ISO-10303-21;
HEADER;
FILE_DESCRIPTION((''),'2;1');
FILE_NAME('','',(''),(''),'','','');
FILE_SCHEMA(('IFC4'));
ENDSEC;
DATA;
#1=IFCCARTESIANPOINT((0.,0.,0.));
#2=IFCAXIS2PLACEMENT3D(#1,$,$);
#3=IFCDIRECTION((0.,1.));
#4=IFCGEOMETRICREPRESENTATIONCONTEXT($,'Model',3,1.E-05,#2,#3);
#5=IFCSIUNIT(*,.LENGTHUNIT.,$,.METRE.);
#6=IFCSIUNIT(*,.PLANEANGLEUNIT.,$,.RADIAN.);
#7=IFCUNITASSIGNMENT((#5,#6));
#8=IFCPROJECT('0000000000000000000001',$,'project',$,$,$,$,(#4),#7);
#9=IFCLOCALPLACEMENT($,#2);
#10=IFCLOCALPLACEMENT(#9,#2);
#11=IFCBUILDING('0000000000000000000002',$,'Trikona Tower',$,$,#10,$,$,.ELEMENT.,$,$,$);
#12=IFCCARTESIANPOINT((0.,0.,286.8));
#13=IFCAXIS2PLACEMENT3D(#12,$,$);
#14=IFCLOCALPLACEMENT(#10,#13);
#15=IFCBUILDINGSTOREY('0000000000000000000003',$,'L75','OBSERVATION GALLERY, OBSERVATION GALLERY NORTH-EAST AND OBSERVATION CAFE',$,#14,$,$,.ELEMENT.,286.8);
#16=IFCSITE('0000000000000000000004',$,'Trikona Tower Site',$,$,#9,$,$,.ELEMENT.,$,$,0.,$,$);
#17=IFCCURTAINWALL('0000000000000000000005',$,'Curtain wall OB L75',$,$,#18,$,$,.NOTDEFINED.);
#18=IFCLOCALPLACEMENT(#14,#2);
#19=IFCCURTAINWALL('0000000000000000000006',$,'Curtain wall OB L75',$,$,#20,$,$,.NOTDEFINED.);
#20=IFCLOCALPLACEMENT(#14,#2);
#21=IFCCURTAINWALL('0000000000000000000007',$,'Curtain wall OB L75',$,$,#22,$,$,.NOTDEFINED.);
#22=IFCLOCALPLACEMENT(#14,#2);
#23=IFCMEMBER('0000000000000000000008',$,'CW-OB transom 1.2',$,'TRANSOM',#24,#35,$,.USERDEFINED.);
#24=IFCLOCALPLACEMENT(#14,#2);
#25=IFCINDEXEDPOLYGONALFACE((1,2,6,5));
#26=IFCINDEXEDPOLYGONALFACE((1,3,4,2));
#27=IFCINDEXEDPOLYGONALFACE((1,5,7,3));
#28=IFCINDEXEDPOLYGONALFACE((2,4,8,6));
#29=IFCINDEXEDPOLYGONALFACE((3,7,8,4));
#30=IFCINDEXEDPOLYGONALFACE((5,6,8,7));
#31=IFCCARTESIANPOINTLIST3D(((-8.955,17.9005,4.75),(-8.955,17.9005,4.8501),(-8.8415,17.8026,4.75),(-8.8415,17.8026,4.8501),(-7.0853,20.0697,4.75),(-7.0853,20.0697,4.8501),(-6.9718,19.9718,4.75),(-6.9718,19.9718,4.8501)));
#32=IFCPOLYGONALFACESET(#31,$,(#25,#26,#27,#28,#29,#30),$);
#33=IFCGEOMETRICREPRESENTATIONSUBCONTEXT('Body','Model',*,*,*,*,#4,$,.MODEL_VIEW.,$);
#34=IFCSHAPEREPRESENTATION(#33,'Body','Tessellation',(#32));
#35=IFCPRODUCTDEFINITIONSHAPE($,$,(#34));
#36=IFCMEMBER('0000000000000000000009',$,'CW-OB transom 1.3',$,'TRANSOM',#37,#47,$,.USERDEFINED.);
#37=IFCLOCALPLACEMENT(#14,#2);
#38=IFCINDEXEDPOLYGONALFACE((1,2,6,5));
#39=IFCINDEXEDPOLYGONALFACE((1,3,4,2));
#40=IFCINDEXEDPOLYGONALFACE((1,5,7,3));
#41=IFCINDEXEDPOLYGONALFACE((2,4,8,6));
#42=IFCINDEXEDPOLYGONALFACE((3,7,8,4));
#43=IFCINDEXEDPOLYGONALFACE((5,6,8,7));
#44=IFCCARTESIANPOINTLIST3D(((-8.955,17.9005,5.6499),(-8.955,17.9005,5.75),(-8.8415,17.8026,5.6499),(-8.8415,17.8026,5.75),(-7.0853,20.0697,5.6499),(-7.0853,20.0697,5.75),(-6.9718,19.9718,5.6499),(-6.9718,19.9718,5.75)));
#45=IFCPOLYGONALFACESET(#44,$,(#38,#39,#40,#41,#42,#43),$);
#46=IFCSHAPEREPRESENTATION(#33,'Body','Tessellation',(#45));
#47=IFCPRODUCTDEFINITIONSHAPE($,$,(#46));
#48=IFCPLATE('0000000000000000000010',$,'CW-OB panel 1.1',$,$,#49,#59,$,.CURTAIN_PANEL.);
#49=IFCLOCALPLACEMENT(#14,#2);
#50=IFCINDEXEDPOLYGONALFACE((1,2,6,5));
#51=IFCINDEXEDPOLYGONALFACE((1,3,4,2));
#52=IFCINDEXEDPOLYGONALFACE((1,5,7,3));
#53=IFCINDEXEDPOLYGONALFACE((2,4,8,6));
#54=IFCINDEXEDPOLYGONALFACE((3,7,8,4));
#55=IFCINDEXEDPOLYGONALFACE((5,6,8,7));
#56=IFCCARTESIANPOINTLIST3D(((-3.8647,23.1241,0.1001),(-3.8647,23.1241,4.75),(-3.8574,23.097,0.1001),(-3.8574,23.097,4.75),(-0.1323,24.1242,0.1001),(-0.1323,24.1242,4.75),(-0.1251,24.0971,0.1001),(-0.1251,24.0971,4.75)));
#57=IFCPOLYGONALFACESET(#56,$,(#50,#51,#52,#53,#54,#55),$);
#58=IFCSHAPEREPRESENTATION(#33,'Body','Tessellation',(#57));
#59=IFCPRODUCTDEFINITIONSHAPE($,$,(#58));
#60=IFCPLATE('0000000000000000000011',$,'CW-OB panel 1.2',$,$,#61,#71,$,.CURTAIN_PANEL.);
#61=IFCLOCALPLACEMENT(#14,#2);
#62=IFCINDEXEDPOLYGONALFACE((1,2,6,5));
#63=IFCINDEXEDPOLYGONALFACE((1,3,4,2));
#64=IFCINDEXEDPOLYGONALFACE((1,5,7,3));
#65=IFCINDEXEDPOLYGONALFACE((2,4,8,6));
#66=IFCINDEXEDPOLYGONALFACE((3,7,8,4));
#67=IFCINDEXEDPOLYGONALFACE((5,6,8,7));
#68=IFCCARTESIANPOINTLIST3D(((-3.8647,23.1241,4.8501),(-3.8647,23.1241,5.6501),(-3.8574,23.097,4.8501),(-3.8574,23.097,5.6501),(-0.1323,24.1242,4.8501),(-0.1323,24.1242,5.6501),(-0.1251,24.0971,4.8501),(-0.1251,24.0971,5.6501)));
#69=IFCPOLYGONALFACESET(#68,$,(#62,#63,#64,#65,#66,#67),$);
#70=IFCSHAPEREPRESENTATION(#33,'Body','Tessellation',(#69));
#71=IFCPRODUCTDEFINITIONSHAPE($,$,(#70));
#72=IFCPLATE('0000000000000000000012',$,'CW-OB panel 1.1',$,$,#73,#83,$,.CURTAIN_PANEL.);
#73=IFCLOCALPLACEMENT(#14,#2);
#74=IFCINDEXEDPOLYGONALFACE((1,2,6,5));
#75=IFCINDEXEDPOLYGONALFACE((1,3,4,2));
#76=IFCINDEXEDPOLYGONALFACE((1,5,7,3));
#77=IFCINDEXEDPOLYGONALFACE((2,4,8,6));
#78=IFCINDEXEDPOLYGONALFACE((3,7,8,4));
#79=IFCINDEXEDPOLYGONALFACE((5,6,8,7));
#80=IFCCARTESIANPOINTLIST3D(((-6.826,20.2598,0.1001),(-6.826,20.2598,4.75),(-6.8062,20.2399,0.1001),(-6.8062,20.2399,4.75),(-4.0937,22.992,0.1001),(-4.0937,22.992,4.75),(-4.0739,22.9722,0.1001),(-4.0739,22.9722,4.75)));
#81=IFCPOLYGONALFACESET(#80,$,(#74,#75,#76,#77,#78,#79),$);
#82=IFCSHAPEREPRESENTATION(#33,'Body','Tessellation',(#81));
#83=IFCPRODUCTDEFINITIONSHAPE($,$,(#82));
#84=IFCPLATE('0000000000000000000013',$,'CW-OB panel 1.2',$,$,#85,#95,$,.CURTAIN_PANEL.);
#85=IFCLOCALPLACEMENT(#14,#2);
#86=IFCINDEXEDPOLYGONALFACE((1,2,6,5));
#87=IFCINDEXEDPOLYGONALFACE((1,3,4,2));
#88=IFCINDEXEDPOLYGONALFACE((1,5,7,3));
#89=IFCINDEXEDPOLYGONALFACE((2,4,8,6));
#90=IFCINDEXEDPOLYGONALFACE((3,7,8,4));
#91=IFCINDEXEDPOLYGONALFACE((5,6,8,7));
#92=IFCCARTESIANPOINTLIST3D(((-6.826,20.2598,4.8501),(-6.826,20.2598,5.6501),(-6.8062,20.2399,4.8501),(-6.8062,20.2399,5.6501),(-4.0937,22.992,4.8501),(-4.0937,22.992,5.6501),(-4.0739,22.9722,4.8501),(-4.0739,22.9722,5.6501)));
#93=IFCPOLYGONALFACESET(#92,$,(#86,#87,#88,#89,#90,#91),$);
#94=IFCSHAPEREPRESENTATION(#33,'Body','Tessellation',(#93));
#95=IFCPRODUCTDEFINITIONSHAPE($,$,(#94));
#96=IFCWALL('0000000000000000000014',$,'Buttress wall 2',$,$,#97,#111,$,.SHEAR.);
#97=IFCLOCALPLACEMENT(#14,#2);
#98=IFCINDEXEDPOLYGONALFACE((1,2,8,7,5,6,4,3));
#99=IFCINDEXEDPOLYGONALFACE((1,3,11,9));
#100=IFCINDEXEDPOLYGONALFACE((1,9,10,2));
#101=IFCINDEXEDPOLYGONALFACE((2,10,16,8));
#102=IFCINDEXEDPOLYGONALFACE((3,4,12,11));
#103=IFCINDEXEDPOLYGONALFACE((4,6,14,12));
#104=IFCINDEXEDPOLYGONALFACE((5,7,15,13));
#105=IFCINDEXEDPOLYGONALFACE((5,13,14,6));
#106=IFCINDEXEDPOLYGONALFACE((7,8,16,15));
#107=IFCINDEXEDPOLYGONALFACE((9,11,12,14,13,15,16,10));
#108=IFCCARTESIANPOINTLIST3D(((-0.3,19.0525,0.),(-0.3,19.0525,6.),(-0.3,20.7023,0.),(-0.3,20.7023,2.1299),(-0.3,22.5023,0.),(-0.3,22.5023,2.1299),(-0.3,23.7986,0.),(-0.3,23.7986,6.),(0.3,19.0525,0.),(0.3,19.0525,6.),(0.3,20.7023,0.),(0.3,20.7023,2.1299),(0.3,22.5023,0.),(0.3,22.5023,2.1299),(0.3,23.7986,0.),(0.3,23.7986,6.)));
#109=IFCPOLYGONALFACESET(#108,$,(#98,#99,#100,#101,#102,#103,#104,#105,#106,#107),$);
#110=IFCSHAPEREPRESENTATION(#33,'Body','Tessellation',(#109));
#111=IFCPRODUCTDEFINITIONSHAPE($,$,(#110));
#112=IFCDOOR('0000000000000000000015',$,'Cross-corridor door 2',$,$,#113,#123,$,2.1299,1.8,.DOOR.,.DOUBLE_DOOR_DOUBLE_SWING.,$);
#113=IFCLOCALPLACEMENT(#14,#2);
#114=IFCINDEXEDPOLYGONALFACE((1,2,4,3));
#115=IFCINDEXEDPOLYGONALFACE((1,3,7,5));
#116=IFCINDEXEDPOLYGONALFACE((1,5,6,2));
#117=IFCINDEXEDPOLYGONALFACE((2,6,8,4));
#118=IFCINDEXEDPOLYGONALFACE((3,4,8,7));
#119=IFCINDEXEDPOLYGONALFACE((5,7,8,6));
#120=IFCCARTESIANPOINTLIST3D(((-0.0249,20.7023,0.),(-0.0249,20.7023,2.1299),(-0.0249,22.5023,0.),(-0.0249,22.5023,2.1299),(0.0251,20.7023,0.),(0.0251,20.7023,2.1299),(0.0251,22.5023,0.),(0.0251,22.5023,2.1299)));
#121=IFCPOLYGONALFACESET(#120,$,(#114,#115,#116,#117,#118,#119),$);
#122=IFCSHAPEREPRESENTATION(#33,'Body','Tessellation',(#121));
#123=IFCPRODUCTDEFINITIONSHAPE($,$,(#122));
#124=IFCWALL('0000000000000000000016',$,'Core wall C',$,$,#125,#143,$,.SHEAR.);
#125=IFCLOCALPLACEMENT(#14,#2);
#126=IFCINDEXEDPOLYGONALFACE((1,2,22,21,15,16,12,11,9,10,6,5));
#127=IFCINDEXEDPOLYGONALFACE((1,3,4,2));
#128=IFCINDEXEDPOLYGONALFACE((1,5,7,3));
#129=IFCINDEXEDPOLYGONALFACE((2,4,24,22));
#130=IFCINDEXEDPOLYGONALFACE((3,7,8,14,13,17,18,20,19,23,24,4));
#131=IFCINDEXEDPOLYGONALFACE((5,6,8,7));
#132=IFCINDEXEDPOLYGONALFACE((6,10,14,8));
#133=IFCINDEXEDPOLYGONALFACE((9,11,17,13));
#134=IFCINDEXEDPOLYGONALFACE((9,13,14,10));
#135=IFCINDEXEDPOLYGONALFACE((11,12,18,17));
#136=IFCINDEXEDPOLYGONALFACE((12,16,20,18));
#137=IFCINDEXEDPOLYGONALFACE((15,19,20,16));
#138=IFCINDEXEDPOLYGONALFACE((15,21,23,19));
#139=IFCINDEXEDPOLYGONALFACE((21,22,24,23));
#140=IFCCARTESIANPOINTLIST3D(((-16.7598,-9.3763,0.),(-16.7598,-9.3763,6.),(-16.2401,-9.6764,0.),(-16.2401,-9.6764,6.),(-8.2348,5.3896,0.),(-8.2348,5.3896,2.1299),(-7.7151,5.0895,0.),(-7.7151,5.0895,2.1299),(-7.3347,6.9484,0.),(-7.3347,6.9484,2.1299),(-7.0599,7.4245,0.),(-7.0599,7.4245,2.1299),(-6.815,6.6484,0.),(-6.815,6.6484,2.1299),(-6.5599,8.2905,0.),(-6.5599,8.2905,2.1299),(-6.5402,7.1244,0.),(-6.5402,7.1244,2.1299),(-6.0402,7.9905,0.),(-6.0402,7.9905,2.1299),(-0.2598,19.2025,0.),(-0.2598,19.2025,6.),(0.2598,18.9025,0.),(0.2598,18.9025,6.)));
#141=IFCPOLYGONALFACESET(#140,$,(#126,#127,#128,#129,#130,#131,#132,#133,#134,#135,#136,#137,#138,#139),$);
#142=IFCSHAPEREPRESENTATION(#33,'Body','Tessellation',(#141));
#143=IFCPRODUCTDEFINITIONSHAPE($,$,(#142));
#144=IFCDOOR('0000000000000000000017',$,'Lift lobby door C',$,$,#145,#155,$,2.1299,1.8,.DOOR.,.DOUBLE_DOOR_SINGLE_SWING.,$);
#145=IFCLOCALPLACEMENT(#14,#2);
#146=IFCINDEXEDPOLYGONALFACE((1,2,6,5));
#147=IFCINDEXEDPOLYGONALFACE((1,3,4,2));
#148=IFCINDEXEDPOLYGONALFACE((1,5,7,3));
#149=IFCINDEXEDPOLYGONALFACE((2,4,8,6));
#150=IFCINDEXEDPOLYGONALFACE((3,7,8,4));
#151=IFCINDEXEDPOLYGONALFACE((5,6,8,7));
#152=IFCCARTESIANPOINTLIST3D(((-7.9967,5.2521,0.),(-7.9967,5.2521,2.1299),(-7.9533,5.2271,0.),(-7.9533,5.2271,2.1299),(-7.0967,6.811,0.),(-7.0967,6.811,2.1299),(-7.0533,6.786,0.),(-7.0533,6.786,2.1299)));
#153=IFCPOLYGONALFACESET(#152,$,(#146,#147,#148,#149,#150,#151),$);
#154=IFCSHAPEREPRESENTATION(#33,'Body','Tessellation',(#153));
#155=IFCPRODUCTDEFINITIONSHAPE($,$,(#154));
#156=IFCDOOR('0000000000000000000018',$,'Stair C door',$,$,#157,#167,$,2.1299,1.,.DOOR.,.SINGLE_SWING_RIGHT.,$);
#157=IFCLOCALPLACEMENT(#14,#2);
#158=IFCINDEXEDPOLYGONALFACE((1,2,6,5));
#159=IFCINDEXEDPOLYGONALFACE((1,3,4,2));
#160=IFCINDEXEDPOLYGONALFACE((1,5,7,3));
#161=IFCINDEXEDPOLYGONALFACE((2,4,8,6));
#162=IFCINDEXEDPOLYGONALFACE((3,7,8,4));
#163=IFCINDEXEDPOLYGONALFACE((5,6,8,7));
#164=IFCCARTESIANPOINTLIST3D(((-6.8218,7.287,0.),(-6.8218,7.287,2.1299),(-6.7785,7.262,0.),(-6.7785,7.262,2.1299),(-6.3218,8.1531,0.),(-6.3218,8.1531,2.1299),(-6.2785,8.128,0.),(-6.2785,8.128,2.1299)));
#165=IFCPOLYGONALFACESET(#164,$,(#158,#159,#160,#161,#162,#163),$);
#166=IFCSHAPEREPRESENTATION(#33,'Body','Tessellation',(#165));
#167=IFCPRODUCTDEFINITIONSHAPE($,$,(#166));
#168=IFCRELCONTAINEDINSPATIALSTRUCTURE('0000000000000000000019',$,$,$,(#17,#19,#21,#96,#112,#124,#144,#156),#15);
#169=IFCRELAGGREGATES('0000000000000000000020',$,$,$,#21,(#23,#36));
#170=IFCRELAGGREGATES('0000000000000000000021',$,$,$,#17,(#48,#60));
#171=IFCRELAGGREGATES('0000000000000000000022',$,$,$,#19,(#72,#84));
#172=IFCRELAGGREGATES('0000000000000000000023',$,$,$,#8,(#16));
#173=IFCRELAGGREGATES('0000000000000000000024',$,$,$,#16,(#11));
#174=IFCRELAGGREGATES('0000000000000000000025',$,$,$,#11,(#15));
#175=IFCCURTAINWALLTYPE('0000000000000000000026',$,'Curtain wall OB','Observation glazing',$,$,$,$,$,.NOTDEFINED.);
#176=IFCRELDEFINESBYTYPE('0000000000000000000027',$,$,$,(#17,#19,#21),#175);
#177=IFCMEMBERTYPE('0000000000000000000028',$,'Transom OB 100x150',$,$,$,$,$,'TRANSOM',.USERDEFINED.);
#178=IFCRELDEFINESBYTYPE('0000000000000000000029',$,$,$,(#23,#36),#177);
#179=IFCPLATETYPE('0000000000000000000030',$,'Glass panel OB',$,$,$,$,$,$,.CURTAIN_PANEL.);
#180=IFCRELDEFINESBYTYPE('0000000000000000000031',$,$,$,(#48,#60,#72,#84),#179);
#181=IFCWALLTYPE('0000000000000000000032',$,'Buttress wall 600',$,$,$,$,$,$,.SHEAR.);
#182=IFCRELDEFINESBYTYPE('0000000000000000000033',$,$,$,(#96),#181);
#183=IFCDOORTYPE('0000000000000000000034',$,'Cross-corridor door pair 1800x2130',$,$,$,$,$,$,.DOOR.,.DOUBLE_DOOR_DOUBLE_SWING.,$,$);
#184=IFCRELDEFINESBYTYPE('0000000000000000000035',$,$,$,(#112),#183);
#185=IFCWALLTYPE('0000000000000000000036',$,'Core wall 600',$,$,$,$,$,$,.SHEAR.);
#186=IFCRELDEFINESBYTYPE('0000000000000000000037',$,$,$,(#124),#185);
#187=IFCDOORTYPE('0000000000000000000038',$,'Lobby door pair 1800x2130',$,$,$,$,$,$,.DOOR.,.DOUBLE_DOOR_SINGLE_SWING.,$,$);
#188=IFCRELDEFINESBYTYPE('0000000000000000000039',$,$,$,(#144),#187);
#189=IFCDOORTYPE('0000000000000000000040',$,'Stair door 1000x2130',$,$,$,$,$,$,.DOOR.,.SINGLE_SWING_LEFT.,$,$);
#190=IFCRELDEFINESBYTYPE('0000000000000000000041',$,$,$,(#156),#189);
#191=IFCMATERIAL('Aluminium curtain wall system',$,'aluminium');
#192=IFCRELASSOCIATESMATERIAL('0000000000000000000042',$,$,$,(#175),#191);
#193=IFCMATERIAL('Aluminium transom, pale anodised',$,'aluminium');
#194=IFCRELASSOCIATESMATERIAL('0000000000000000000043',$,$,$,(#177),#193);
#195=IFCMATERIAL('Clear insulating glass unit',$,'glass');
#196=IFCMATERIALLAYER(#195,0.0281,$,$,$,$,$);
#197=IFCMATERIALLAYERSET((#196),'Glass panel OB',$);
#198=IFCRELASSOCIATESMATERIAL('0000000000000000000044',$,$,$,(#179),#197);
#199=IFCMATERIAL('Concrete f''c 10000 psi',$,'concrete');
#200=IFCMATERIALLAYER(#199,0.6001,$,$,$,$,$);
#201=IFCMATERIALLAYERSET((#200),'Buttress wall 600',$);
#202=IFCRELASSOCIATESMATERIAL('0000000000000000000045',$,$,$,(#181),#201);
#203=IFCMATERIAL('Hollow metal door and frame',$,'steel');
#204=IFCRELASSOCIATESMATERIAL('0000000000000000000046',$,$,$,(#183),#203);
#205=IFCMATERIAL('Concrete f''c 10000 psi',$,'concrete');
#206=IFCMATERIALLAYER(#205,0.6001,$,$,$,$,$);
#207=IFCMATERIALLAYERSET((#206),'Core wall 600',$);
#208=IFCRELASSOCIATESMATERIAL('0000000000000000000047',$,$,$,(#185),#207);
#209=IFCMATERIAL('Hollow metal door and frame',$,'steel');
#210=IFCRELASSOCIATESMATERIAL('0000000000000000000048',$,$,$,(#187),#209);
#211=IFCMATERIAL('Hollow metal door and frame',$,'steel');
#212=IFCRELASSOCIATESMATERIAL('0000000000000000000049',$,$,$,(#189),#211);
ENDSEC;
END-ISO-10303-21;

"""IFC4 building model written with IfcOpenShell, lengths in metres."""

from ifc_helpers import new_model, si_unit, direction, frame, frame_2d, origin, origin_2d, place, context, subcontext, project, spatial, rectangle, extrude, material, layer, layer_set, material_profile, profile_set, type_object, element, fill, aggregate, save


model = new_model("IFC4")

# Units and contexts
model_context = context("Model", 3, precision=1e-05, world=origin(), true_north=direction((0.0, 1.0)))
body_context = subcontext(model_context, "Body", "Model", "MODEL_VIEW")
ifc_project = project(units=[si_unit("LENGTHUNIT", "METRE"), si_unit("PLANEANGLEUNIT", "RADIAN")], contexts=[model_context])

# Site, building, storey
site_placement = place(None, origin())
site = spatial("IfcSite", under=ifc_project, at=site_placement, Name="Trikona Tower Site", CompositionType="ELEMENT", RefElevation=0.0)
building_placement = place(site_placement, origin())
building = spatial("IfcBuilding", under=site, at=building_placement, Name="Trikona Tower", CompositionType="ELEMENT")
storey_placement = place(building_placement, frame((0.0, 0.0, 286.8)))
storey = spatial("IfcBuildingStorey", under=building, at=storey_placement, Name="L75", Description="OBSERVATION GALLERY, OBSERVATION GALLERY NORTH-EAST AND OBSERVATION CAFE", CompositionType="ELEMENT", Elevation=286.8)

# Curtain walls
ifc_material_1 = material(Name="Aluminium curtain wall system", Category="aluminium")
curtain_wall_type = type_object("IfcCurtainWallType", Name="Curtain wall OB", Description="Observation glazing", PredefinedType="NOTDEFINED", material=ifc_material_1)
curtain_wall_1_placement = place(storey_placement, origin())
curtain_wall_1 = element("IfcCurtainWall", 1, at=curtain_wall_1_placement, inside=storey, type_object=curtain_wall_type, Name="Curtain wall OB L75", PredefinedType="NOTDEFINED")
curtain_wall_2_placement = place(storey_placement, origin())
curtain_wall_2 = element("IfcCurtainWall", 2, at=curtain_wall_2_placement, inside=storey, type_object=curtain_wall_type, Name="Curtain wall OB L75", PredefinedType="NOTDEFINED")

# Curtain wall
curtain_wall_3_placement = place(storey_placement, origin())
curtain_wall_3 = element("IfcCurtainWall", 3, at=curtain_wall_3_placement, inside=storey, type_object=curtain_wall_type, Name="Curtain wall OB L75", PredefinedType="NOTDEFINED")

# Members
ifc_material_2 = material(Name="Aluminium transom, pale anodised", Category="aluminium")
ifc_material_profile_1 = material_profile(ifc_material_2, rectangle(XDim=0.1499, YDim=0.1001, at=origin_2d()), Name="TRN-OB")
ifc_profile_set_1 = profile_set([ifc_material_profile_1], Name="Aluminium transom, pale anodised")
member_type_1 = type_object("IfcMemberType", Name="Transom OB 100x150", ElementType="TRANSOM", PredefinedType="USERDEFINED", material=ifc_profile_set_1)
member_1_placement = place(storey_placement, frame((-7.0286, 20.0208, 4.8), z_axis=(-0.652867, -0.757472, 0.0), x_axis=(0.757472, -0.652867, 0.0)))
member_1 = element("IfcMember", 4, at=member_1_placement, type_object=member_type_1, Name="CW-OB transom 1.2", ObjectType="TRANSOM", PredefinedType="USERDEFINED", context=body_context, shape_type="SweptSolid", body=[
    extrude(rectangle(XDim=0.1499, YDim=0.1001, at=origin_2d()), origin(), (0.0, 0.0, 1.0), 2.8638),
])
member_2_placement = place(storey_placement, frame((-7.0286, 20.0208, 5.7), z_axis=(-0.652867, -0.757472, 0.0), x_axis=(0.757472, -0.652867, 0.0)))
member_2 = element("IfcMember", 5, at=member_2_placement, type_object=member_type_1, Name="CW-OB transom 1.3", ObjectType="TRANSOM", PredefinedType="USERDEFINED", context=body_context, shape_type="SweptSolid", body=[
    extrude(rectangle(XDim=0.1499, YDim=0.1001, at=origin_2d()), origin(), (0.0, 0.0, 1.0), 2.8638),
])
aggregate(curtain_wall_3, [member_1, member_2])

# Plates
ifc_material_3 = material(Name="Clear insulating glass unit", Category="glass")
ifc_layer_1 = layer(ifc_material_3, 0.0281)
ifc_layer_set_1 = layer_set([ifc_layer_1], Name="Glass panel OB")
plate_type = type_object("IfcPlateType", Name="Glass panel OB", PredefinedType="CURTAIN_PANEL", material=ifc_layer_set_1)
plate_1_placement = place(storey_placement, frame((-1.9949, 23.6106, 0.1001), z_axis=(0.0, 0.0, 1.0), x_axis=(-0.965923, -0.258828, 0.0)))
plate_1 = element("IfcPlate", 6, at=plate_1_placement, type_object=plate_type, Name="CW-OB panel 1.1", PredefinedType="CURTAIN_PANEL", context=body_context, shape_type="SweptSolid", body=[
    extrude(rectangle(XDim=3.864, YDim=0.0281, at=origin_2d()), origin(), (0.0, 0.0, 1.0), 4.6499),
])
plate_2_placement = place(storey_placement, frame((-1.9949, 23.6106, 4.8501), z_axis=(0.0, 0.0, 1.0), x_axis=(-0.965923, -0.258828, 0.0)))
plate_2 = element("IfcPlate", 7, at=plate_2_placement, type_object=plate_type, Name="CW-OB panel 1.2", PredefinedType="CURTAIN_PANEL", context=body_context, shape_type="SweptSolid", body=[
    extrude(rectangle(XDim=3.864, YDim=0.0281, at=origin_2d()), origin(), (0.0, 0.0, 1.0), 0.8),
])
aggregate(curtain_wall_1, [plate_1, plate_2])
plate_3_placement = place(storey_placement, frame((-5.45, 21.616, 0.1001), z_axis=(0.0, 0.0, 1.0), x_axis=(-0.707107, -0.707107, 0.0)))
plate_3 = element("IfcPlate", 8, at=plate_3_placement, type_object=plate_type, Name="CW-OB panel 1.1", PredefinedType="CURTAIN_PANEL", context=body_context, shape_type="SweptSolid", body=[
    extrude(rectangle(XDim=3.864, YDim=0.0281, at=origin_2d()), origin(), (0.0, 0.0, 1.0), 4.6499),
])
plate_4_placement = place(storey_placement, frame((-5.45, 21.616, 4.8501), z_axis=(0.0, 0.0, 1.0), x_axis=(-0.707107, -0.707107, 0.0)))
plate_4 = element("IfcPlate", 9, at=plate_4_placement, type_object=plate_type, Name="CW-OB panel 1.2", PredefinedType="CURTAIN_PANEL", context=body_context, shape_type="SweptSolid", body=[
    extrude(rectangle(XDim=3.864, YDim=0.0281, at=origin_2d()), origin(), (0.0, 0.0, 1.0), 0.8),
])
aggregate(curtain_wall_2, [plate_3, plate_4])

# Wall, opening, door
ifc_material_4 = material(Name="Concrete f'c 10000 psi", Category="concrete")
ifc_layer_2 = layer(ifc_material_4, 0.6001)
ifc_layer_set_2 = layer_set([ifc_layer_2], Name="Buttress wall 600")
wall_type_1 = type_object("IfcWallType", Name="Buttress wall 600", PredefinedType="SHEAR", material=ifc_layer_set_2)
wall_1_placement = place(storey_placement, frame((0.0, 19.0525, 0.0), z_axis=(0.0, 0.0, 1.0), x_axis=(0.0, 1.0, 0.0)))
wall_1 = element("IfcWall", 10, at=wall_1_placement, inside=storey, type_object=wall_type_1, Name="Buttress wall 2", PredefinedType="SHEAR", context=body_context, shape_type="SweptSolid", body=[
    extrude(rectangle(XDim=4.7461, YDim=0.6001, at=frame_2d((2.373, 0.0))), origin(), (0.0, 0.0, 1.0), 6.0),
])
opening_1_placement = place(wall_1_placement, frame((1.6499, 0.0, 0.0)))
opening_1 = element("IfcOpeningElement", 11, at=opening_1_placement, cuts=wall_1, PredefinedType="OPENING", context=body_context, shape_type="SweptSolid", body=[
    extrude(rectangle(XDim=1.8, YDim=2.1299, at=frame_2d((0.8999, 1.0649))), frame((0.0, 0.3101, 0.0), z_axis=(0.0, -1.0, 0.0), x_axis=(1.0, 0.0, 0.0)), (0.0, 0.0, 1.0), 0.6201),
])
ifc_material_5 = material(Name="Hollow metal door and frame", Category="steel")
door_type_1 = type_object("IfcDoorType", Name="Cross-corridor door pair 1800x2130", OperationType="DOUBLE_DOOR_DOUBLE_SWING", PredefinedType="DOOR", material=ifc_material_5)
door_1_placement = place(opening_1_placement, origin())
door_1 = element("IfcDoor", 12, at=door_1_placement, inside=storey, type_object=door_type_1, Name="Cross-corridor door 2", OperationType="DOUBLE_DOOR_DOUBLE_SWING", OverallHeight=2.1299, OverallWidth=1.8, PredefinedType="DOOR", context=body_context, shape_type="SweptSolid", body=[
    extrude(rectangle(XDim=1.8, YDim=2.1299, at=frame_2d((0.8999, 1.0649))), frame((0.0, 0.0249, 0.0), z_axis=(0.0, -1.0, 0.0), x_axis=(1.0, 0.0, 0.0)), (0.0, 0.0, 1.0), 0.05),
])
fill(opening_1, door_1)

# Wall, openings, doors
ifc_material_6 = material(Name="Concrete f'c 10000 psi", Category="concrete")
ifc_layer_3 = layer(ifc_material_6, 0.6001)
ifc_layer_set_3 = layer_set([ifc_layer_3], Name="Core wall 600")
wall_type_2 = type_object("IfcWallType", Name="Core wall 600", PredefinedType="SHEAR", material=ifc_layer_set_3)
wall_2_placement = place(storey_placement, frame((0.0, 19.0525, 0.0), z_axis=(0.0, 0.0, 1.0), x_axis=(-0.5, -0.866026, 0.0)))
wall_2 = element("IfcWall", 13, at=wall_2_placement, inside=storey, type_object=wall_type_2, Name="Core wall C", PredefinedType="SHEAR", context=body_context, shape_type="SweptSolid", body=[
    extrude(rectangle(XDim=33.0, YDim=0.6001, at=frame_2d((16.5, 0.0))), origin(), (0.0, 0.0, 1.0), 6.0),
])
opening_2_placement = place(wall_2_placement, frame((14.1499, 0.0, 0.0)))
opening_2 = element("IfcOpeningElement", 14, at=opening_2_placement, cuts=wall_2, PredefinedType="OPENING", context=body_context, shape_type="SweptSolid", body=[
    extrude(rectangle(XDim=1.8, YDim=2.1299, at=frame_2d((0.8999, 1.0649))), frame((0.0, 0.3101, 0.0), z_axis=(0.0, -1.0, 0.0), x_axis=(1.0, 0.0, 0.0)), (0.0, 0.0, 1.0), 0.6201),
])
opening_3_placement = place(wall_2_placement, frame((12.6001, 0.0, 0.0)))
opening_3 = element("IfcOpeningElement", 15, at=opening_3_placement, cuts=wall_2, PredefinedType="OPENING", context=body_context, shape_type="SweptSolid", body=[
    extrude(rectangle(XDim=1.0, YDim=2.1299, at=frame_2d((0.5, 1.0649))), frame((0.0, 0.3101, 0.0), z_axis=(0.0, -1.0, 0.0), x_axis=(1.0, 0.0, 0.0)), (0.0, 0.0, 1.0), 0.6201),
])
ifc_material_7 = material(Name="Hollow metal door and frame", Category="steel")
door_type_2 = type_object("IfcDoorType", Name="Lobby door pair 1800x2130", OperationType="DOUBLE_DOOR_SINGLE_SWING", PredefinedType="DOOR", material=ifc_material_7)
door_2_placement = place(opening_2_placement, origin())
door_2 = element("IfcDoor", 16, at=door_2_placement, inside=storey, type_object=door_type_2, Name="Lift lobby door C", OperationType="DOUBLE_DOOR_SINGLE_SWING", OverallHeight=2.1299, OverallWidth=1.8, PredefinedType="DOOR", context=body_context, shape_type="SweptSolid", body=[
    extrude(rectangle(XDim=1.8, YDim=2.1299, at=frame_2d((0.8999, 1.0649))), frame((0.0, 0.0249, 0.0), z_axis=(0.0, -1.0, 0.0), x_axis=(1.0, 0.0, 0.0)), (0.0, 0.0, 1.0), 0.05),
])
fill(opening_2, door_2)
ifc_material_8 = material(Name="Hollow metal door and frame", Category="steel")
door_type_3 = type_object("IfcDoorType", Name="Stair door 1000x2130", OperationType="SINGLE_SWING_LEFT", PredefinedType="DOOR", material=ifc_material_8)
door_3_placement = place(opening_3_placement, origin())
door_3 = element("IfcDoor", 17, at=door_3_placement, inside=storey, type_object=door_type_3, Name="Stair C door", OperationType="SINGLE_SWING_RIGHT", OverallHeight=2.1299, OverallWidth=1.0, PredefinedType="DOOR", context=body_context, shape_type="SweptSolid", body=[
    extrude(rectangle(XDim=1.0, YDim=2.1299, at=frame_2d((0.5, 1.0649))), frame((0.0, 0.0249, 0.0), z_axis=(0.0, -1.0, 0.0), x_axis=(1.0, 0.0, 0.0)), (0.0, 0.0, 1.0), 0.05),
])
fill(opening_3, door_3)

save(model, "model.ifc")
